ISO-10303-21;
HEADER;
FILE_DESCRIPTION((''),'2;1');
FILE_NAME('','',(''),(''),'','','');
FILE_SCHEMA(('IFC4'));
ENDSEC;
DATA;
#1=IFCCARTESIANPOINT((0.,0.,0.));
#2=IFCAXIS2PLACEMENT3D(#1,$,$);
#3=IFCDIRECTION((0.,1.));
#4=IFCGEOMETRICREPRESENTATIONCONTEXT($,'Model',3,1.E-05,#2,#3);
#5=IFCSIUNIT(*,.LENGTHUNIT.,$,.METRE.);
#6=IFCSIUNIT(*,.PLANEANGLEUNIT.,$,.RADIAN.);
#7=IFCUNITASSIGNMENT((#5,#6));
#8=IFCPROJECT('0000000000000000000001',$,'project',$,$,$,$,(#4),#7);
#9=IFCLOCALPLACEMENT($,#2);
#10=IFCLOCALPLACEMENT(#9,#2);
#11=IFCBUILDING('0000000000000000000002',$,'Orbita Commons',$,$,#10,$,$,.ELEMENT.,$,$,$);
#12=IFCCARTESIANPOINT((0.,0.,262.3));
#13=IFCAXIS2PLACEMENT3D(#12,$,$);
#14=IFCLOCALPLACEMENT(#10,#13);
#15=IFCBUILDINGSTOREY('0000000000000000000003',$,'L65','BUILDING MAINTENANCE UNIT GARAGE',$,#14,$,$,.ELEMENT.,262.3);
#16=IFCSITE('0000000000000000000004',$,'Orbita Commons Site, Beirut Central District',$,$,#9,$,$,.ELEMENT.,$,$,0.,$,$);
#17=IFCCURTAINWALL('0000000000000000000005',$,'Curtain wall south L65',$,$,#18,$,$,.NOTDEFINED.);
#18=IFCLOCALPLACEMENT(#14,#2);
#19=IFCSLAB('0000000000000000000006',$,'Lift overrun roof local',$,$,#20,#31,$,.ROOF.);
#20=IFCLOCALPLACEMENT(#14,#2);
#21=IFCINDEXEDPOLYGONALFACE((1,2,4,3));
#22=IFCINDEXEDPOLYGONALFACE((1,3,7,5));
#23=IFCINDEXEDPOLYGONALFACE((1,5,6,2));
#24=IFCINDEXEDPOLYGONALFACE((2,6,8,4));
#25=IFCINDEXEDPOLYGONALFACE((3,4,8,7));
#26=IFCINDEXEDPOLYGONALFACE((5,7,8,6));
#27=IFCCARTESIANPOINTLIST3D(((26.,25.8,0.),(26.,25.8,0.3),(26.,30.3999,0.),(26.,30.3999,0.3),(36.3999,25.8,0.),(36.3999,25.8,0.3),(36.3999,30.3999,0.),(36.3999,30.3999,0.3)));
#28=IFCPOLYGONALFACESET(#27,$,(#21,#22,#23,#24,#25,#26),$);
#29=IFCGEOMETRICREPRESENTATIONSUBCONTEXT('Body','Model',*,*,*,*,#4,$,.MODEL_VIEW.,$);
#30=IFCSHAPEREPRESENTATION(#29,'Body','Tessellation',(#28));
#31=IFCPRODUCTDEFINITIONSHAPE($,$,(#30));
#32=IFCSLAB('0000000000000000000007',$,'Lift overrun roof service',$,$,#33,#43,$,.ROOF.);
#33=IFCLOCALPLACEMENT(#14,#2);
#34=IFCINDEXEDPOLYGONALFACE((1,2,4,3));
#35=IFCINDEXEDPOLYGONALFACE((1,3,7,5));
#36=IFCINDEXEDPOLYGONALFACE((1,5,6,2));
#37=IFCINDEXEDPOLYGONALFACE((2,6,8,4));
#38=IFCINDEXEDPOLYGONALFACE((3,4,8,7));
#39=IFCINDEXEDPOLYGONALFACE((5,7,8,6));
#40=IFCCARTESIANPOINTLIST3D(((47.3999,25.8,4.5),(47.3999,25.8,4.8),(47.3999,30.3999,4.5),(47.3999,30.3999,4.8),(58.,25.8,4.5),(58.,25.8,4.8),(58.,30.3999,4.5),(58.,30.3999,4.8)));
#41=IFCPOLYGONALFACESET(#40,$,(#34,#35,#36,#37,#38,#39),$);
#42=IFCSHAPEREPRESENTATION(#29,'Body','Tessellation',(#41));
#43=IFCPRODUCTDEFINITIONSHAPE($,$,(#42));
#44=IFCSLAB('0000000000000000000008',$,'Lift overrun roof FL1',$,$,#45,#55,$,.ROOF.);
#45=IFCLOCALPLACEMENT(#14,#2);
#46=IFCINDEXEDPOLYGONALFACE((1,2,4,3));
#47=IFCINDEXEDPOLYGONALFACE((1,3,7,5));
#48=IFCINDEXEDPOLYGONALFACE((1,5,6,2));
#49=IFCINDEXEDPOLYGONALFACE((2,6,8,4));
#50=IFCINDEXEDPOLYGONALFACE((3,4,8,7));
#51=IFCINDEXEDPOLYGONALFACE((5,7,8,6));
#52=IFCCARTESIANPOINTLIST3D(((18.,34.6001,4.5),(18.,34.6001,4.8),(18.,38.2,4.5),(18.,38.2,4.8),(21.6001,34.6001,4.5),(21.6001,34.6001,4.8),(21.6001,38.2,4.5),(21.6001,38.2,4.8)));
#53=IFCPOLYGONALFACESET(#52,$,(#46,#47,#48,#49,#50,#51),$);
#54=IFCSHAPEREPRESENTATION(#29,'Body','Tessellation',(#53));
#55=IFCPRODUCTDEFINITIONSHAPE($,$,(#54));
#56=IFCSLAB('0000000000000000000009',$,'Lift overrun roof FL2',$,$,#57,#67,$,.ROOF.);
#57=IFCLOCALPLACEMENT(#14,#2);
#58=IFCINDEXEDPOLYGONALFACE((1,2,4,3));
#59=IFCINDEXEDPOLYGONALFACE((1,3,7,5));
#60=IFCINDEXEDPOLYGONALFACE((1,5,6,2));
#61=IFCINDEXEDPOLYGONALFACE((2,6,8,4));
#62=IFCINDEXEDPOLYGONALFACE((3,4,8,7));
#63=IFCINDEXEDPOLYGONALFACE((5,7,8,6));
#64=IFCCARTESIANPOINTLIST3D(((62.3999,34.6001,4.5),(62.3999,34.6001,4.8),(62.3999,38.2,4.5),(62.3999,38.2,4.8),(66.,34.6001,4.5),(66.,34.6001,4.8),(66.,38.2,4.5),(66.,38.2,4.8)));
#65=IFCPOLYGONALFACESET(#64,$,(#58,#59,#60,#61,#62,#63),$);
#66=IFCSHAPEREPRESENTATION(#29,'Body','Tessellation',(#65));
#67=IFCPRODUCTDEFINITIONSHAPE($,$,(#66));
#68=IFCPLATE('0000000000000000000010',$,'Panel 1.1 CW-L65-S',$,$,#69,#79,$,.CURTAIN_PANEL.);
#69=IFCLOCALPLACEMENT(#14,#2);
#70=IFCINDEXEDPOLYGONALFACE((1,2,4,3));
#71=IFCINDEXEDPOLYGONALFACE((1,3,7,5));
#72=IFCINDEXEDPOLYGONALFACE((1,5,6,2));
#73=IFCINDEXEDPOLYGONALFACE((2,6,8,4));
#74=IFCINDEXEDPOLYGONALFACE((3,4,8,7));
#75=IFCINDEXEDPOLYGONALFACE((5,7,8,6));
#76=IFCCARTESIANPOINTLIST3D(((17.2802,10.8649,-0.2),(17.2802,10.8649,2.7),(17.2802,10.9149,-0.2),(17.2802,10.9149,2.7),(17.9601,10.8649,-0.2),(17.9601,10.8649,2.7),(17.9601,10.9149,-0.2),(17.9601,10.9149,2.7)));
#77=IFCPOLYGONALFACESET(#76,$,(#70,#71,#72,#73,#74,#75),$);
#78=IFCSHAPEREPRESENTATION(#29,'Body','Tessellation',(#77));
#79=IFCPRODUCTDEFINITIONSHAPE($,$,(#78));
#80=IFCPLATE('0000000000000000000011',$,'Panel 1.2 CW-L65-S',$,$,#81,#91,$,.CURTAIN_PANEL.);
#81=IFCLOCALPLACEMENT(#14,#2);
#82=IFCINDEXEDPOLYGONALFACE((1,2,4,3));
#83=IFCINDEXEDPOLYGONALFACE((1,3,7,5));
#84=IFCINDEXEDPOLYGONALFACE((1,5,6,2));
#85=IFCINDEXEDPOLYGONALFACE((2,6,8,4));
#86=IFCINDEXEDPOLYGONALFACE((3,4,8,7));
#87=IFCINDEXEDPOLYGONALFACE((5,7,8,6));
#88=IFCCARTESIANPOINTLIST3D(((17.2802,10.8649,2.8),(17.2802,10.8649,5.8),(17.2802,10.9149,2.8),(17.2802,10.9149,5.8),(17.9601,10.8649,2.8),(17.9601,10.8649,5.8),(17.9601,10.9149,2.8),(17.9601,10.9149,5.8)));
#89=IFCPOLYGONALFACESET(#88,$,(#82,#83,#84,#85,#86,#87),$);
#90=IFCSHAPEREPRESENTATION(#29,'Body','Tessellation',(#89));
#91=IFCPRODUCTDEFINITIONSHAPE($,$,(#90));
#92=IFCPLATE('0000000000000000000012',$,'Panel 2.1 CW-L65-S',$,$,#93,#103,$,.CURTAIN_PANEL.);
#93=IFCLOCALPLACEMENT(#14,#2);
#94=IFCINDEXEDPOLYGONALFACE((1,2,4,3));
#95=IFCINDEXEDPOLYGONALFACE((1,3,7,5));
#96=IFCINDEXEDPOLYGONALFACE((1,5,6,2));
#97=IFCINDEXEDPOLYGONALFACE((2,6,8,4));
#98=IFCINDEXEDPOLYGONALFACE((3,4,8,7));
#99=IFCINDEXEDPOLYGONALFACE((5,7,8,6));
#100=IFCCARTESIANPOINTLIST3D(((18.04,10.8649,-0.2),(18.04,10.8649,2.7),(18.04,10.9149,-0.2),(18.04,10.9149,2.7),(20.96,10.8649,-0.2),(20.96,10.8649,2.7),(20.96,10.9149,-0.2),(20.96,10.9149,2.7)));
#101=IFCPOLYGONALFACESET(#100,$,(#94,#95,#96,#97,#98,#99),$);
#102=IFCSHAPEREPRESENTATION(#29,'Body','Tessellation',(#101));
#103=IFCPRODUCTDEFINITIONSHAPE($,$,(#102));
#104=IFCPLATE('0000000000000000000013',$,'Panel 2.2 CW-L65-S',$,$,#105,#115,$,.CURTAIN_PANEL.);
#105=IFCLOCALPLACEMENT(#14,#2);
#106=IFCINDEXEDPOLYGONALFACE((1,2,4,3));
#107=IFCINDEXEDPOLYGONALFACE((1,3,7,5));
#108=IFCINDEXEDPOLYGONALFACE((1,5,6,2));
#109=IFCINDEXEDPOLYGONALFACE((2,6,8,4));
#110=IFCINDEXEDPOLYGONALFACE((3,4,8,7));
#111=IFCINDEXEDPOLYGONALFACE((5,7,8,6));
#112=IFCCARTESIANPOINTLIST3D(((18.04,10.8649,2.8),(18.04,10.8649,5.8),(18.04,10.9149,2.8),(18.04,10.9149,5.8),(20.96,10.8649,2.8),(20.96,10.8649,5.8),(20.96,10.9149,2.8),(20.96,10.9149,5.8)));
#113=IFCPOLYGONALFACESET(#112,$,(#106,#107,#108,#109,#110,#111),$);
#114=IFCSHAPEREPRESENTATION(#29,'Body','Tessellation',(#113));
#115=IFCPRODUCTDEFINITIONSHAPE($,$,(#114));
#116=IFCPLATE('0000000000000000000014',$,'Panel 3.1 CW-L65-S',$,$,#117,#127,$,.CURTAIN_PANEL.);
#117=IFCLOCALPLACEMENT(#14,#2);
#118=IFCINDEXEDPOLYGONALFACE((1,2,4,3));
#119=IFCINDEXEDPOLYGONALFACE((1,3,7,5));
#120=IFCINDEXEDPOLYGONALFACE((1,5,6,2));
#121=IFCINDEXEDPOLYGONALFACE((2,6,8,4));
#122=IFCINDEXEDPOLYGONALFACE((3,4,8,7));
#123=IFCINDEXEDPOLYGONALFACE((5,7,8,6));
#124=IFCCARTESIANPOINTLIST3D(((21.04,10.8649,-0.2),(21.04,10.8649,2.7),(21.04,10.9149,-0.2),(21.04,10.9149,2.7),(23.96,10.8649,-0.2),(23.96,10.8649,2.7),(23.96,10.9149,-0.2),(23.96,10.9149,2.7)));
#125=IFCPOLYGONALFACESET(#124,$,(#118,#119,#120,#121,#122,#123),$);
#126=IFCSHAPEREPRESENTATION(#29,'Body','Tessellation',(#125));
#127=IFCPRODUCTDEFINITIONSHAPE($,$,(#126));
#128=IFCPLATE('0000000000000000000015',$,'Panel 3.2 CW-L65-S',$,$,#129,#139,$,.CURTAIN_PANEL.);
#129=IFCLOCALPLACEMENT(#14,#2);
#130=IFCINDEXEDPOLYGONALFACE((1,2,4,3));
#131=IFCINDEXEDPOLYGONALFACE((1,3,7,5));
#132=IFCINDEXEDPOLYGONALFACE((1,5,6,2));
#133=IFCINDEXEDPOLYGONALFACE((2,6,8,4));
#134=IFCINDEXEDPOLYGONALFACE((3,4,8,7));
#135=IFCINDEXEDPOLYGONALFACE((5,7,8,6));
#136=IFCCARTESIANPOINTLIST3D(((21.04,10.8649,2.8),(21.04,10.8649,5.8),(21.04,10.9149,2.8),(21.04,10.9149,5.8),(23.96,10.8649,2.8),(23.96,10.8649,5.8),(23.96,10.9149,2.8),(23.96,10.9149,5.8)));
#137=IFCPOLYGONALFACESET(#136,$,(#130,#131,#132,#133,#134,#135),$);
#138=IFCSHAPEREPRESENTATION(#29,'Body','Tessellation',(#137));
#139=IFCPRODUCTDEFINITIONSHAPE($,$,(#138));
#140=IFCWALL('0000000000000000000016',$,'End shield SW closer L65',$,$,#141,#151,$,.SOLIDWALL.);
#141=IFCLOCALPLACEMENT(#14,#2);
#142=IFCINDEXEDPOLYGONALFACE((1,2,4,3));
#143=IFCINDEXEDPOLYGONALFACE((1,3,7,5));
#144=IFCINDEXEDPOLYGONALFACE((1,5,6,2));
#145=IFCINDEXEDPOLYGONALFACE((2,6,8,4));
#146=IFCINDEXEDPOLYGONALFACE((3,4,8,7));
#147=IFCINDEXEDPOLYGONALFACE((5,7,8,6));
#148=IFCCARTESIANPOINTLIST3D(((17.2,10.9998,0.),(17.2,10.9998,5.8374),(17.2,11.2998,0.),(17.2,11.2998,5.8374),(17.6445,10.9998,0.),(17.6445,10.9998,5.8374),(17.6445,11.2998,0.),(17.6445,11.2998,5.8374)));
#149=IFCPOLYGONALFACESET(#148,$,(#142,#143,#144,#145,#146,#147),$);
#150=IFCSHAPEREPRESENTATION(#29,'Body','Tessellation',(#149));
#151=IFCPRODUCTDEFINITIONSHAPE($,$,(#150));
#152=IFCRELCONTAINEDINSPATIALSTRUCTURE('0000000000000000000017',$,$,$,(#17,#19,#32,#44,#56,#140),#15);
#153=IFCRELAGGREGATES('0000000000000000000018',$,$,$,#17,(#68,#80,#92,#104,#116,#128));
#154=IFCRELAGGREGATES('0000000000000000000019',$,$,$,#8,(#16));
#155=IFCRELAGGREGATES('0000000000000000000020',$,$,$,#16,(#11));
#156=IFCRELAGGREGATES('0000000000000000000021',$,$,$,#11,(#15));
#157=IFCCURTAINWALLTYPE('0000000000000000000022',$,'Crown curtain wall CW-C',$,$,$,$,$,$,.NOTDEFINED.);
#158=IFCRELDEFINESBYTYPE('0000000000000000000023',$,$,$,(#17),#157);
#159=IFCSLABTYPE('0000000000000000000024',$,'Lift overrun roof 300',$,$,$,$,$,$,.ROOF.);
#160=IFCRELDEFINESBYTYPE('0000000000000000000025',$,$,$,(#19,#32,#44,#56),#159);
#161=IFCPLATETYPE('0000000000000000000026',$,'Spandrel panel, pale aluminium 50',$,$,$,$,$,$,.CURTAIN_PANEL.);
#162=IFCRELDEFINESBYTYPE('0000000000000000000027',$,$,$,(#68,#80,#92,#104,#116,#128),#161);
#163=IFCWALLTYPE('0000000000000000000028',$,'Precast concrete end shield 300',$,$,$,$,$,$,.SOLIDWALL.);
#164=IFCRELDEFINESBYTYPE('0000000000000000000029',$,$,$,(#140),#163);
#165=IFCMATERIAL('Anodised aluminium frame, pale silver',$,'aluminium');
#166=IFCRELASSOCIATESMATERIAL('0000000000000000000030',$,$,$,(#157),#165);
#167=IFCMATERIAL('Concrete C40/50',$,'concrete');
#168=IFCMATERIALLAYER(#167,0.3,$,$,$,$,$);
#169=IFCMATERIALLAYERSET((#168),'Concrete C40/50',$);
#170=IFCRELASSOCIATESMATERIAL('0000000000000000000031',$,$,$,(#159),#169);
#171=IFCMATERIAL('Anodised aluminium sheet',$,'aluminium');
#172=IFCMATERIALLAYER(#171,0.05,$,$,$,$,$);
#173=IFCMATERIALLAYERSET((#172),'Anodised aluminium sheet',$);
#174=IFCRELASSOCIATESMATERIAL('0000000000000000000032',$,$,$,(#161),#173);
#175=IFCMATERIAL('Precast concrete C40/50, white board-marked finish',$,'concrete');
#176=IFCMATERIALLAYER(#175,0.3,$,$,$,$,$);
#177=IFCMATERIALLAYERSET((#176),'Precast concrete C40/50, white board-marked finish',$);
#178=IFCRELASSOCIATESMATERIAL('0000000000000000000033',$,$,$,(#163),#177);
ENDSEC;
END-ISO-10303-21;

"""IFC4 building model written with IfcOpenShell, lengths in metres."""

from ifc_helpers import new_model, si_unit, direction, frame, origin, origin_2d, place, context, subcontext, project, spatial, polyline, rectangle, outline, extrude, material, layer, layer_set, type_object, element, aggregate, save


model = new_model("IFC4")

# Units and contexts
model_context = context("Model", 3, precision=1e-05, world=origin(), true_north=direction((0.0, 1.0)))
body_context = subcontext(model_context, "Body", "Model", "MODEL_VIEW")
ifc_project = project(units=[si_unit("LENGTHUNIT", "METRE"), si_unit("PLANEANGLEUNIT", "RADIAN")], contexts=[model_context])

# Site, building, storey
site_placement = place(None, origin())
site = spatial("IfcSite", under=ifc_project, at=site_placement, Name="Orbita Commons Site, Beirut Central District", CompositionType="ELEMENT", RefElevation=0.0)
building_placement = place(site_placement, origin())
building = spatial("IfcBuilding", under=site, at=building_placement, Name="Orbita Commons", CompositionType="ELEMENT")
storey_placement = place(building_placement, frame((0.0, 0.0, 262.3)))
storey = spatial("IfcBuildingStorey", under=building, at=storey_placement, Name="L65", Description="BUILDING MAINTENANCE UNIT GARAGE", CompositionType="ELEMENT", Elevation=262.3)

# Curtain wall
ifc_material_1 = material(Name="Anodised aluminium frame, pale silver", Category="aluminium")
curtain_wall_type = type_object("IfcCurtainWallType", Name="Crown curtain wall CW-C", PredefinedType="NOTDEFINED", material=ifc_material_1)
curtain_wall_placement = place(storey_placement, origin())
curtain_wall = element("IfcCurtainWall", 1, at=curtain_wall_placement, inside=storey, type_object=curtain_wall_type, Name="Curtain wall south L65", PredefinedType="NOTDEFINED")

# Slabs
ifc_material_2 = material(Name="Concrete C40/50", Category="concrete")
ifc_layer_1 = layer(ifc_material_2, 0.3)
ifc_layer_set_1 = layer_set([ifc_layer_1], Name="Concrete C40/50")
slab_type_1 = type_object("IfcSlabType", Name="Lift overrun roof 300", PredefinedType="ROOF", material=ifc_layer_set_1)
slab_1_placement = place(storey_placement, origin())
element("IfcSlab", 2, at=slab_1_placement, inside=storey, type_object=slab_type_1, Name="Lift overrun roof local", PredefinedType="ROOF", context=body_context, shape_type="SweptSolid", body=[
    extrude(outline(polyline([(26.0, 25.8), (36.3999, 25.8), (36.3999, 30.3999), (26.0, 30.3999), (26.0, 25.8)])), origin(), (0.0, 0.0, 1.0), 0.3),
])
slab_2_placement = place(storey_placement, frame((0.0, 0.0, 4.5)))
element("IfcSlab", 3, at=slab_2_placement, inside=storey, type_object=slab_type_1, Name="Lift overrun roof service", PredefinedType="ROOF", context=body_context, shape_type="SweptSolid", body=[
    extrude(outline(polyline([(47.3999, 25.8), (58.0, 25.8), (58.0, 30.3999), (47.3999, 30.3999), (47.3999, 25.8)])), origin(), (0.0, 0.0, 1.0), 0.3),
])
slab_3_placement = place(storey_placement, frame((0.0, 0.0, 4.5)))
element("IfcSlab", 4, at=slab_3_placement, inside=storey, type_object=slab_type_1, Name="Lift overrun roof FL1", PredefinedType="ROOF", context=body_context, shape_type="SweptSolid", body=[
    extrude(outline(polyline([(18.0, 34.6001), (21.6001, 34.6001), (21.6001, 38.2), (18.0, 38.2), (18.0, 34.6001)])), origin(), (0.0, 0.0, 1.0), 0.3),
])
slab_4_placement = place(storey_placement, frame((0.0, 0.0, 4.5)))
element("IfcSlab", 5, at=slab_4_placement, inside=storey, type_object=slab_type_1, Name="Lift overrun roof FL2", PredefinedType="ROOF", context=body_context, shape_type="SweptSolid", body=[
    extrude(outline(polyline([(62.3999, 34.6001), (66.0, 34.6001), (66.0, 38.2), (62.3999, 38.2), (62.3999, 34.6001)])), origin(), (0.0, 0.0, 1.0), 0.3),
])

# Plates
ifc_material_3 = material(Name="Anodised aluminium sheet", Category="aluminium")
ifc_layer_2 = layer(ifc_material_3, 0.05)
ifc_layer_set_2 = layer_set([ifc_layer_2], Name="Anodised aluminium sheet")
plate_type = type_object("IfcPlateType", Name="Spandrel panel, pale aluminium 50", PredefinedType="CURTAIN_PANEL", material=ifc_layer_set_2)
plate_1_placement = place(storey_placement, frame((17.6201, 10.8899, -0.2), z_axis=(0.0, 0.0, 1.0), x_axis=(1.0, 0.0, 0.0)))
plate_1 = element("IfcPlate", 6, at=plate_1_placement, type_object=plate_type, Name="Panel 1.1 CW-L65-S", PredefinedType="CURTAIN_PANEL", context=body_context, shape_type="SweptSolid", body=[
    extrude(rectangle(XDim=0.6799, YDim=0.05, at=origin_2d()), origin(), (0.0, 0.0, 1.0), 2.8999),
])
plate_2_placement = place(storey_placement, frame((17.6201, 10.8899, 2.8), z_axis=(0.0, 0.0, 1.0), x_axis=(1.0, 0.0, 0.0)))
plate_2 = element("IfcPlate", 7, at=plate_2_placement, type_object=plate_type, Name="Panel 1.2 CW-L65-S", PredefinedType="CURTAIN_PANEL", context=body_context, shape_type="SweptSolid", body=[
    extrude(rectangle(XDim=0.6799, YDim=0.05, at=origin_2d()), origin(), (0.0, 0.0, 1.0), 3.0),
])
plate_3_placement = place(storey_placement, frame((19.5, 10.8899, -0.2), z_axis=(0.0, 0.0, 1.0), x_axis=(1.0, 0.0, 0.0)))
plate_3 = element("IfcPlate", 8, at=plate_3_placement, type_object=plate_type, Name="Panel 2.1 CW-L65-S", PredefinedType="CURTAIN_PANEL", context=body_context, shape_type="SweptSolid", body=[
    extrude(rectangle(XDim=2.9199, YDim=0.05, at=origin_2d()), origin(), (0.0, 0.0, 1.0), 2.8999),
])
plate_4_placement = place(storey_placement, frame((19.5, 10.8899, 2.8), z_axis=(0.0, 0.0, 1.0), x_axis=(1.0, 0.0, 0.0)))
plate_4 = element("IfcPlate", 9, at=plate_4_placement, type_object=plate_type, Name="Panel 2.2 CW-L65-S", PredefinedType="CURTAIN_PANEL", context=body_context, shape_type="SweptSolid", body=[
    extrude(rectangle(XDim=2.9199, YDim=0.05, at=origin_2d()), origin(), (0.0, 0.0, 1.0), 3.0),
])
plate_5_placement = place(storey_placement, frame((22.5, 10.8899, -0.2), z_axis=(0.0, 0.0, 1.0), x_axis=(1.0, 0.0, 0.0)))
plate_5 = element("IfcPlate", 10, at=plate_5_placement, type_object=plate_type, Name="Panel 3.1 CW-L65-S", PredefinedType="CURTAIN_PANEL", context=body_context, shape_type="SweptSolid", body=[
    extrude(rectangle(XDim=2.9199, YDim=0.05, at=origin_2d()), origin(), (0.0, 0.0, 1.0), 2.8999),
])
plate_6_placement = place(storey_placement, frame((22.5, 10.8899, 2.8), z_axis=(0.0, 0.0, 1.0), x_axis=(1.0, 0.0, 0.0)))
plate_6 = element("IfcPlate", 11, at=plate_6_placement, type_object=plate_type, Name="Panel 3.2 CW-L65-S", PredefinedType="CURTAIN_PANEL", context=body_context, shape_type="SweptSolid", body=[
    extrude(rectangle(XDim=2.9199, YDim=0.05, at=origin_2d()), origin(), (0.0, 0.0, 1.0), 3.0),
])
aggregate(curtain_wall, [plate_1, plate_2, plate_3, plate_4, plate_5, plate_6])

# Wall
ifc_material_4 = material(Name="Precast concrete C40/50, white board-marked finish", Category="concrete")
ifc_layer_3 = layer(ifc_material_4, 0.3)
ifc_layer_set_3 = layer_set([ifc_layer_3], Name="Precast concrete C40/50, white board-marked finish")
wall_type = type_object("IfcWallType", Name="Precast concrete end shield 300", PredefinedType="SOLIDWALL", material=ifc_layer_set_3)
wall_1_placement = place(storey_placement, frame((17.2, 11.1499, 0.0), z_axis=(0.0, 0.0, 1.0), x_axis=(1.0, 0.0, 0.0)))
element("IfcWall", 12, at=wall_1_placement, inside=storey, type_object=wall_type, Name="End shield SW closer L65", PredefinedType="SOLIDWALL", context=body_context, shape_type="SweptSolid", body=[
    extrude(outline(polyline([(0.0, 0.0), (0.4446, 0.0), (0.4446, 5.8374), (0.0, 5.8374), (0.0, 0.0)])), frame((0.0, 0.1499, 0.0), z_axis=(0.0, -1.0, 0.0), x_axis=(1.0, 0.0, 0.0)), (0.0, 0.0, 1.0), 0.3),
])

save(model, "model.ifc")
